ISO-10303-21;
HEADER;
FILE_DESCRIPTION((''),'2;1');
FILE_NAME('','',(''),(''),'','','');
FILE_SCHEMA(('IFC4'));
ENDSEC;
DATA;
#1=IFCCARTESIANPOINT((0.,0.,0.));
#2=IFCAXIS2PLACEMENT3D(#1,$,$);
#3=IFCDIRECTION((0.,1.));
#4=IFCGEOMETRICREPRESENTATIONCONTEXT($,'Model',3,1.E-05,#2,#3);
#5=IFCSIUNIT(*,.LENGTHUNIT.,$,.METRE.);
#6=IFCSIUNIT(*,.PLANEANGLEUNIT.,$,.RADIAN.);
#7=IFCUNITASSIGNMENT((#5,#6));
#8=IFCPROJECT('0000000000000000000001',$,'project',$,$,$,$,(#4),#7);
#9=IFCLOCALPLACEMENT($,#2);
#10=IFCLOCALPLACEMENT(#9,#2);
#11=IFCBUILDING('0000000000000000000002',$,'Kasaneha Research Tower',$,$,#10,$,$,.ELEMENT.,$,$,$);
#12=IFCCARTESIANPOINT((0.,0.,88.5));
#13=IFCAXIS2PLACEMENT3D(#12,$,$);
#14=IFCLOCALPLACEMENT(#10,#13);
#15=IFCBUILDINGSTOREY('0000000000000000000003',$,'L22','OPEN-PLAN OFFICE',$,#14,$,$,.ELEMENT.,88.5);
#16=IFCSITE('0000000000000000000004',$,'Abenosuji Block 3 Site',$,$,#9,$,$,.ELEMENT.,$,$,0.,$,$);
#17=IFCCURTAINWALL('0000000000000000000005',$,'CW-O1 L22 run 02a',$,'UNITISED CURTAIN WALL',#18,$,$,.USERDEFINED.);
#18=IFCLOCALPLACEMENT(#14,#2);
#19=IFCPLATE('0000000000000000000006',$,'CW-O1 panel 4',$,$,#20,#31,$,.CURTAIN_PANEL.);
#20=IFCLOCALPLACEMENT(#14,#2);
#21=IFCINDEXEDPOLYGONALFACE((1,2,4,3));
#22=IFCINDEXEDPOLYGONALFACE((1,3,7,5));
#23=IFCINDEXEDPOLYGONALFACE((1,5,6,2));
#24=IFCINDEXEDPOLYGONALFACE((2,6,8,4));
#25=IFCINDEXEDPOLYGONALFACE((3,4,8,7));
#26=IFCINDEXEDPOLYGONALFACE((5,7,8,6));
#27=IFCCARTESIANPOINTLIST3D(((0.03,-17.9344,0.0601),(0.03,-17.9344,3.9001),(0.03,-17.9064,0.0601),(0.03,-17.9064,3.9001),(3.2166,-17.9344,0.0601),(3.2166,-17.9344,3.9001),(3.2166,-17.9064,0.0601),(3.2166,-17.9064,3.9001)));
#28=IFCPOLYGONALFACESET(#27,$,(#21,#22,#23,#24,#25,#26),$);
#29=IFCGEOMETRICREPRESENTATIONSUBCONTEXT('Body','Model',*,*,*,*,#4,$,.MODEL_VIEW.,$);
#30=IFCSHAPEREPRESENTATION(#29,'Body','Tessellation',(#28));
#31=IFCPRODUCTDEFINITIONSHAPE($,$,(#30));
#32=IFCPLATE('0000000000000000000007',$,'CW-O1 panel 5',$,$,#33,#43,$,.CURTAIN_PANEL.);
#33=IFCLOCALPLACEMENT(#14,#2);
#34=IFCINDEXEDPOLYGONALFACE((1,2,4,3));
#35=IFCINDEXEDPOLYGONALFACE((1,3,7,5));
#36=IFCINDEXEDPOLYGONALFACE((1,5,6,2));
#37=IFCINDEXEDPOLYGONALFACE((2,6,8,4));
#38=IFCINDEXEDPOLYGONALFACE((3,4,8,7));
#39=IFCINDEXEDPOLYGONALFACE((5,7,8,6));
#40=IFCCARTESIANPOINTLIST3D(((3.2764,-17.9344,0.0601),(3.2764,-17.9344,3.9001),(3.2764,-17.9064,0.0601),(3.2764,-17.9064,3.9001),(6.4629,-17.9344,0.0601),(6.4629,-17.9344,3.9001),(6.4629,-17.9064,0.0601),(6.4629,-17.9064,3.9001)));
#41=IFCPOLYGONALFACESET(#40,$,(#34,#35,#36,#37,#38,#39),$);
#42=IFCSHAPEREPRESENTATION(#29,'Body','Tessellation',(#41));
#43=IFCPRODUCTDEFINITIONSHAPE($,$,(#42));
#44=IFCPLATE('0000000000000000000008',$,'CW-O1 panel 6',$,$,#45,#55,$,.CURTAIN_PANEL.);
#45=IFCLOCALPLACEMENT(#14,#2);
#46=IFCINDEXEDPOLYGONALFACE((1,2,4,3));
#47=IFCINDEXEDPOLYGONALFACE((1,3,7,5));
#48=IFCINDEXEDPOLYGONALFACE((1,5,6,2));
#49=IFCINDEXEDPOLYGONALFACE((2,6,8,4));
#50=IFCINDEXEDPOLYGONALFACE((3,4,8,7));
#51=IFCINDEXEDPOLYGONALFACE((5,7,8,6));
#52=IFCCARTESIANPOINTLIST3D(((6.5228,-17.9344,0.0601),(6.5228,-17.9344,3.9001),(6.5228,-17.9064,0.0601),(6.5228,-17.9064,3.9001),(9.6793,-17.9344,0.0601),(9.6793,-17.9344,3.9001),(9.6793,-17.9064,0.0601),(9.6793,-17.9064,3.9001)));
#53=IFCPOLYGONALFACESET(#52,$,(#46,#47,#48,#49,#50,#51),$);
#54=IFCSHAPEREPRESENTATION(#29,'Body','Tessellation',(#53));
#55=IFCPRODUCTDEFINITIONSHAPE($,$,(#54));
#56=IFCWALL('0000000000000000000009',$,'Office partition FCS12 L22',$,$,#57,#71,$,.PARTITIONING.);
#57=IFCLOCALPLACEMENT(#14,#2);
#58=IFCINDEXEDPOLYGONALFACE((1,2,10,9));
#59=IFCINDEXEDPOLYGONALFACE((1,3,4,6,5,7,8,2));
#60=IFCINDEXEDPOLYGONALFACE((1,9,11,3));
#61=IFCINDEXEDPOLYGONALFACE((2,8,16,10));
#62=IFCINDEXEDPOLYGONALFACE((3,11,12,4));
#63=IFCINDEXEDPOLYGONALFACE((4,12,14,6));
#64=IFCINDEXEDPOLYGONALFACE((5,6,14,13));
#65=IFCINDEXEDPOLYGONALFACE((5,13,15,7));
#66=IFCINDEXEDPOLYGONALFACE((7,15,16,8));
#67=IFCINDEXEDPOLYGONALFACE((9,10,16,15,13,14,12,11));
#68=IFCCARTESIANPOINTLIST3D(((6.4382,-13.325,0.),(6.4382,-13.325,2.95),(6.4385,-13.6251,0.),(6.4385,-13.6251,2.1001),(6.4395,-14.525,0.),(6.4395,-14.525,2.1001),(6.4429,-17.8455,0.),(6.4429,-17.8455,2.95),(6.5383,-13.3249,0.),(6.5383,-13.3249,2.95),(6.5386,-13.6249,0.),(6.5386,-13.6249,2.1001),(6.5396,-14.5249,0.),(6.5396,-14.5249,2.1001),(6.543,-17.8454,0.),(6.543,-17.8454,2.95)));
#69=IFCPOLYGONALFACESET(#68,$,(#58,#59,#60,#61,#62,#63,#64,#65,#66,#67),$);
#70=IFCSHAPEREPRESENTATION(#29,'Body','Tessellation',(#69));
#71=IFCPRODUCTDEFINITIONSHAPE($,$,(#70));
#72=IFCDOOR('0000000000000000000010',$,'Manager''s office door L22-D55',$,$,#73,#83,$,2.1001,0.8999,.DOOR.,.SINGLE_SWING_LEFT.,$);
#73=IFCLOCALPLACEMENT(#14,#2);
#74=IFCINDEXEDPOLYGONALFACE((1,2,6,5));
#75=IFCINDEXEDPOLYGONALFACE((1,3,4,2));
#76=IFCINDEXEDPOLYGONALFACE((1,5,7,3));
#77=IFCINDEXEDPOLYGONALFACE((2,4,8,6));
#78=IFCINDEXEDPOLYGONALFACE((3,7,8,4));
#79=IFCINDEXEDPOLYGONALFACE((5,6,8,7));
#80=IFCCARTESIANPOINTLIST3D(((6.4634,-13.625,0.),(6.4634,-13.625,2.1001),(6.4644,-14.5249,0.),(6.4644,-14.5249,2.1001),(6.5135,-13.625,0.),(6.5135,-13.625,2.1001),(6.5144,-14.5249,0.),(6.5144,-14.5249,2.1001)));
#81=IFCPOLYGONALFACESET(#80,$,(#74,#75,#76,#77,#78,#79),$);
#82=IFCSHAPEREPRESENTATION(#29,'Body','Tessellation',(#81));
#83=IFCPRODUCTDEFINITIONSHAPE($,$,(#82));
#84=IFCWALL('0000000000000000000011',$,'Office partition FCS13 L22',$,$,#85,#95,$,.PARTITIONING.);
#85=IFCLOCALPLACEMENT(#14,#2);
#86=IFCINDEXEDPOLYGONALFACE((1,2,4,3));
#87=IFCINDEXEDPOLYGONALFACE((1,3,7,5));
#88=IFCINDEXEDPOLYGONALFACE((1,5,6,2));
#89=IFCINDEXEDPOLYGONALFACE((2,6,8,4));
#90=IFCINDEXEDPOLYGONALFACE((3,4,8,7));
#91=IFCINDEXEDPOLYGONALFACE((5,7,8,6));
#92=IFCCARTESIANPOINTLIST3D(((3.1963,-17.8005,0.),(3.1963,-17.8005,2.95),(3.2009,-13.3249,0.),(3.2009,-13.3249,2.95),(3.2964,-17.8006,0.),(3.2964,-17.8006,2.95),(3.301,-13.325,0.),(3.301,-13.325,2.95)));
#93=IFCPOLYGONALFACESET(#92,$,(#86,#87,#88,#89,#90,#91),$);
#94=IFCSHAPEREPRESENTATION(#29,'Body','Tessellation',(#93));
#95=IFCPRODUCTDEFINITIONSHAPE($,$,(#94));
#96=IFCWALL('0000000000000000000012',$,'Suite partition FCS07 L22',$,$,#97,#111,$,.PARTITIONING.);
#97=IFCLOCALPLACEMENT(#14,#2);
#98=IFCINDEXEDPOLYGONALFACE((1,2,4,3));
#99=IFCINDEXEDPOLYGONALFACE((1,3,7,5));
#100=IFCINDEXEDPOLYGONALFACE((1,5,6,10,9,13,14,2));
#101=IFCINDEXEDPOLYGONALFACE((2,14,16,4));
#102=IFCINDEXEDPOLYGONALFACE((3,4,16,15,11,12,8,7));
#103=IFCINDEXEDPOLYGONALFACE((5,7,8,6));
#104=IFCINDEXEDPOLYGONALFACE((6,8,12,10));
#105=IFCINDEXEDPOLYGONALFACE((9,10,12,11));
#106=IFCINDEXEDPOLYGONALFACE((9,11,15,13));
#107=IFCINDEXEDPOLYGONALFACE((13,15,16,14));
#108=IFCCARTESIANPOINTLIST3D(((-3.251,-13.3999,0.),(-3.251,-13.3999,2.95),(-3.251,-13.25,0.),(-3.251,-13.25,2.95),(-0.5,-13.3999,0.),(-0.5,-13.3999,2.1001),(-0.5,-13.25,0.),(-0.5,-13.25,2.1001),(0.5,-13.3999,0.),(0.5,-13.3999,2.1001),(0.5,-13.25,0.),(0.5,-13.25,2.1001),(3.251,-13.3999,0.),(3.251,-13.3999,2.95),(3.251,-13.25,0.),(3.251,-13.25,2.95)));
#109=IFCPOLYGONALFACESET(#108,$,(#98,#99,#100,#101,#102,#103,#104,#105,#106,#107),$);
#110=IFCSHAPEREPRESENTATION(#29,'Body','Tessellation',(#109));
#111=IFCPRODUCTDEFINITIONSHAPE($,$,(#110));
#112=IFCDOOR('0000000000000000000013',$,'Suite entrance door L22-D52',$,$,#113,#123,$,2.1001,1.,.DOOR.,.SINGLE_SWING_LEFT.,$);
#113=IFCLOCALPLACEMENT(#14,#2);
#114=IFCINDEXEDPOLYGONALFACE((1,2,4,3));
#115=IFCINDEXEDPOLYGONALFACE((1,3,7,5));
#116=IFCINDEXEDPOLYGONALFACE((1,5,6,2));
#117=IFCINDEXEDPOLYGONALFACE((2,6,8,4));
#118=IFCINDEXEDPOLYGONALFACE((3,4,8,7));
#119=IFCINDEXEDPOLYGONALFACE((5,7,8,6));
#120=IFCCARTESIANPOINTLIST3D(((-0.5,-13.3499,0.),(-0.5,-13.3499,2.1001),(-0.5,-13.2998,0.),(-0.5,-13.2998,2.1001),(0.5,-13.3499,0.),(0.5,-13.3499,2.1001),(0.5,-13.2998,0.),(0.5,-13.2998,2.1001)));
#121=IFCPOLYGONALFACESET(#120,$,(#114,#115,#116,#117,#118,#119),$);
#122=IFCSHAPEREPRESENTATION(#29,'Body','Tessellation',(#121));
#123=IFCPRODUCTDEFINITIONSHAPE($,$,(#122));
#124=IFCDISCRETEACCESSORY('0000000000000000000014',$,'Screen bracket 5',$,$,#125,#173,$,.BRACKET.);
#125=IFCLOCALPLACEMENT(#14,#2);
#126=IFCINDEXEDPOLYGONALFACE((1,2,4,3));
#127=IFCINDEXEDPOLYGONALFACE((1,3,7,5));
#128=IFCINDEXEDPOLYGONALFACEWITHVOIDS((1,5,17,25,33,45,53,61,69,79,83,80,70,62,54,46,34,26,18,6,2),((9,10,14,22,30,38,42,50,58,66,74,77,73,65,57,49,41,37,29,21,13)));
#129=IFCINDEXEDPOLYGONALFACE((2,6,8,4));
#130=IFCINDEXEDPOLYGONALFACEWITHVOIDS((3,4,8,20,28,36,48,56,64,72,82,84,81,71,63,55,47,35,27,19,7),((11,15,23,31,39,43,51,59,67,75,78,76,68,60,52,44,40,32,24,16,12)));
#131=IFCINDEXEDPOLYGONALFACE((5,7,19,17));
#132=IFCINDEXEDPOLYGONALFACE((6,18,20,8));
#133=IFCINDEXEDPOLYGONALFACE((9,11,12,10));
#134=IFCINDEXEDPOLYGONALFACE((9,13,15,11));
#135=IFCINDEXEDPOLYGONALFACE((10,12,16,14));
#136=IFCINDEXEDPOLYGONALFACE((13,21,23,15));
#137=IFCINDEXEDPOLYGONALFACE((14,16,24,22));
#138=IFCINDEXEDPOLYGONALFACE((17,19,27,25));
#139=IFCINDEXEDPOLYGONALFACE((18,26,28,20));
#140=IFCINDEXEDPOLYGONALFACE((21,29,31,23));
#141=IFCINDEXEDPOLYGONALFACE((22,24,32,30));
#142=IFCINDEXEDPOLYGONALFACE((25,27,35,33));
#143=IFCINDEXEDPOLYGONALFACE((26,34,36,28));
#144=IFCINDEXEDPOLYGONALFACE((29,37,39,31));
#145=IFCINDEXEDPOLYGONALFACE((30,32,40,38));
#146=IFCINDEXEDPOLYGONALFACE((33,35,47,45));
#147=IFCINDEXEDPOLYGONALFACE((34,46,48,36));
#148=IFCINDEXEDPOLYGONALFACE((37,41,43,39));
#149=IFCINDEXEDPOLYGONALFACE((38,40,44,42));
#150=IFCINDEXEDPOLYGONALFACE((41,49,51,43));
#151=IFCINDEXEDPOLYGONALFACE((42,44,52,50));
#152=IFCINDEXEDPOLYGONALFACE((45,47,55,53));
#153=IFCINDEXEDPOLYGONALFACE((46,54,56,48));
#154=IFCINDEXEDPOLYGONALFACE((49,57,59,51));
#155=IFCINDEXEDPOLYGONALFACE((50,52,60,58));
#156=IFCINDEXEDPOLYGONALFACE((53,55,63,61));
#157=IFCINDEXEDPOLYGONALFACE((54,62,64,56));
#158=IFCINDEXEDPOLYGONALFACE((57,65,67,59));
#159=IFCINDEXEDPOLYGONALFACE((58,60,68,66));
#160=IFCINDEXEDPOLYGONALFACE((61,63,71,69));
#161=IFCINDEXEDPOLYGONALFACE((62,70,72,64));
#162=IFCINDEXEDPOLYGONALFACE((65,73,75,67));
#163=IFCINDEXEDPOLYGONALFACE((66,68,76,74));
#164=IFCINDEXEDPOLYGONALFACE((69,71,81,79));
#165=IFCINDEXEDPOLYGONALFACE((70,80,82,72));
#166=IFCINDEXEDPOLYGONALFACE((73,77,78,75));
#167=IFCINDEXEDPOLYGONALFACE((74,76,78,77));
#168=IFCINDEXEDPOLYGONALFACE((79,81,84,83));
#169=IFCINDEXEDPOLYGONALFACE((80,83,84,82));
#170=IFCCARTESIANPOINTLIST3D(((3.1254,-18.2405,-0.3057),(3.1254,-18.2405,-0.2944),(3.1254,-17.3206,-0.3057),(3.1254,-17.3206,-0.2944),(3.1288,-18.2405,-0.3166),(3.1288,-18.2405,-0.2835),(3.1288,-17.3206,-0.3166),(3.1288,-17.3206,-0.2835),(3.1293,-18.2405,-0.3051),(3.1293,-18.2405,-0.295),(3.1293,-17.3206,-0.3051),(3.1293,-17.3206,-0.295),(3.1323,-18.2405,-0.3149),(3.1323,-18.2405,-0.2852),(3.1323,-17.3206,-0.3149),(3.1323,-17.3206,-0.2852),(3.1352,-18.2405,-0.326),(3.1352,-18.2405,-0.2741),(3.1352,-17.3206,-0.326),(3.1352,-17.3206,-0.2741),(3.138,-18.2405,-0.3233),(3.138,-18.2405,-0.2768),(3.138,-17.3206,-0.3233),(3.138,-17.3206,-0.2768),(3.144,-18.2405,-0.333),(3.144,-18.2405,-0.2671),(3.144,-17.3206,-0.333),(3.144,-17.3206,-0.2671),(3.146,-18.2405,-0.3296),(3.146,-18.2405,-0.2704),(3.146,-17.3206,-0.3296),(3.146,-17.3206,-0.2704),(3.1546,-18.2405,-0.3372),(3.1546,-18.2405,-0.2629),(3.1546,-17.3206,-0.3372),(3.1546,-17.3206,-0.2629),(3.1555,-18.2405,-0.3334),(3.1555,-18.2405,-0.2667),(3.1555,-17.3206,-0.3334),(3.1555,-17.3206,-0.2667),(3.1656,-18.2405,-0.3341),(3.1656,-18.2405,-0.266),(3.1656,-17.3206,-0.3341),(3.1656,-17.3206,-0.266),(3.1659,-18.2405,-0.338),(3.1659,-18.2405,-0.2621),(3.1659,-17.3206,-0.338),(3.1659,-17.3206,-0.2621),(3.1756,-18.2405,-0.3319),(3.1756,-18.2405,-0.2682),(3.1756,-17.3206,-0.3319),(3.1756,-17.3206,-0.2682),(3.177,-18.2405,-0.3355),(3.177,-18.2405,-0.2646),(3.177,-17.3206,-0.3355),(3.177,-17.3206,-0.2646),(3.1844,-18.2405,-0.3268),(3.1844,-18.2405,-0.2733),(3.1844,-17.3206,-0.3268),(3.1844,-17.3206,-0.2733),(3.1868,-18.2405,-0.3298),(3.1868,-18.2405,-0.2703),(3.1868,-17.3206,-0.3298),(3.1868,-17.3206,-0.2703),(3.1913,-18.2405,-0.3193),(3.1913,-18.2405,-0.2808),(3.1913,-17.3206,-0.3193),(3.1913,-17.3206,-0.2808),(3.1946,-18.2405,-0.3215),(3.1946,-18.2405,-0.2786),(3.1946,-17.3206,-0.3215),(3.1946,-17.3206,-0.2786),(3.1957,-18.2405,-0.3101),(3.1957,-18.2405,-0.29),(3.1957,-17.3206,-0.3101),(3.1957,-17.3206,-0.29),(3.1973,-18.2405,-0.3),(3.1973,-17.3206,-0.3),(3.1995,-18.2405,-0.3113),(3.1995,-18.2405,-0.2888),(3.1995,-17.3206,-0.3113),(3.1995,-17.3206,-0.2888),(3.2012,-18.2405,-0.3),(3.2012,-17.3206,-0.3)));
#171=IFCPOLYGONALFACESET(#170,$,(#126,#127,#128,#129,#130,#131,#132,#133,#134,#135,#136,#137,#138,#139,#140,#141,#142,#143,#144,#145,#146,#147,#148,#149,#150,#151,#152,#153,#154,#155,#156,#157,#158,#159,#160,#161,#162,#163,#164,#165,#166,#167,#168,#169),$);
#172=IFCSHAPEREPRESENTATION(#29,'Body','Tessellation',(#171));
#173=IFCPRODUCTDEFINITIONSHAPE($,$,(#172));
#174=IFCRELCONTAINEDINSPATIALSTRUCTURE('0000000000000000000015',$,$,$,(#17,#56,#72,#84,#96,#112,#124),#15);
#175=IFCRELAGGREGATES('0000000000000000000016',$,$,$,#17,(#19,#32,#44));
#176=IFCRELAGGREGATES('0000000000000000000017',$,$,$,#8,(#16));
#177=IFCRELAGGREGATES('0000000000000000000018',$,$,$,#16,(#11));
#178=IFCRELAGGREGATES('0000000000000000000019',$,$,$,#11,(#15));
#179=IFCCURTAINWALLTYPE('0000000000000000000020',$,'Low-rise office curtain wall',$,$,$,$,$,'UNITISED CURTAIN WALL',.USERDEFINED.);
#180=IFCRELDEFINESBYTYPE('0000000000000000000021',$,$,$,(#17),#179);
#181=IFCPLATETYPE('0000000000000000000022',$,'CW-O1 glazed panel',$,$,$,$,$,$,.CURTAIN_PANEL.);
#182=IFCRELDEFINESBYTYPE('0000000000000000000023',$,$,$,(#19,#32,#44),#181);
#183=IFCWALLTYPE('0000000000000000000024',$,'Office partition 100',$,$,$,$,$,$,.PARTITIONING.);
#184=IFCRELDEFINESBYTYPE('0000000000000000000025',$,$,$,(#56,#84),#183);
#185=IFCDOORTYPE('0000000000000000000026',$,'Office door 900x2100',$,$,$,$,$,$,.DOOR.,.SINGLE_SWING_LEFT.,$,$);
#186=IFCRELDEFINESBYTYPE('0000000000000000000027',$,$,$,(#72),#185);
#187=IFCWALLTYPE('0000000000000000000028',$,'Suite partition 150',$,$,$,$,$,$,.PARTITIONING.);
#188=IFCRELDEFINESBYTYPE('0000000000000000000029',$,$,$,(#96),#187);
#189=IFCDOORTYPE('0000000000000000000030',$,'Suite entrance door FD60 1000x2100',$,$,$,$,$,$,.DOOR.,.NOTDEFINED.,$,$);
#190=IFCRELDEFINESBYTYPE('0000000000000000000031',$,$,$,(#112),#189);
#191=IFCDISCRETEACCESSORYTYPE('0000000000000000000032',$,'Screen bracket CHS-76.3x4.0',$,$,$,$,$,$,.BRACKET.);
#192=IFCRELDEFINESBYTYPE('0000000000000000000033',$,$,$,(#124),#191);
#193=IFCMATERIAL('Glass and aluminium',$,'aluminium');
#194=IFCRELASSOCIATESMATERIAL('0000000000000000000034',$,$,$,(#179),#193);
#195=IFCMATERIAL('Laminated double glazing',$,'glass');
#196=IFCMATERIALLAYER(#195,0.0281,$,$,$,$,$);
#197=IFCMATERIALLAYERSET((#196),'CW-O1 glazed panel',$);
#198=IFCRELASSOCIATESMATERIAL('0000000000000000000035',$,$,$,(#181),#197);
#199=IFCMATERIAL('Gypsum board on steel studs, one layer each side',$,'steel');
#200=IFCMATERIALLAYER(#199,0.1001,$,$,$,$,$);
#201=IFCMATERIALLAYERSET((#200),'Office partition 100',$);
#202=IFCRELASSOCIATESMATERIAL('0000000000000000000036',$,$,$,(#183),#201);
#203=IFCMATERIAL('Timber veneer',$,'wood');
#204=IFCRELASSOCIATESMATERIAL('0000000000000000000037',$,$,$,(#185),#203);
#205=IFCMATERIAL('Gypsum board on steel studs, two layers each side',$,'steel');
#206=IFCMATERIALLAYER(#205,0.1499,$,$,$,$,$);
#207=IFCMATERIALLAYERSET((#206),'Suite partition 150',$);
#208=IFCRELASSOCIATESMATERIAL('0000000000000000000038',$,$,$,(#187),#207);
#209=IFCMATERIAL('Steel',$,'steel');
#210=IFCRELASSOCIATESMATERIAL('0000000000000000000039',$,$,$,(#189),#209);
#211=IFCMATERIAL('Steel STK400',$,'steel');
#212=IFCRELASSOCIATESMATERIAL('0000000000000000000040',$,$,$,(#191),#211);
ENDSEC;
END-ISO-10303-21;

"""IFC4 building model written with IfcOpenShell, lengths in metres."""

from ifc_helpers import new_model, si_unit, direction, frame, frame_2d, origin, origin_2d, place, context, subcontext, project, spatial, rectangle, hollow_circle, extrude, material, layer, layer_set, material_profile, profile_set, type_object, element, fill, aggregate, save


model = new_model("IFC4")

# Units and contexts
model_context = context("Model", 3, precision=1e-05, world=origin(), true_north=direction((0.0, 1.0)))
body_context = subcontext(model_context, "Body", "Model", "MODEL_VIEW")
ifc_project = project(units=[si_unit("LENGTHUNIT", "METRE"), si_unit("PLANEANGLEUNIT", "RADIAN")], contexts=[model_context])

# Site, building, storey
site_placement = place(None, origin())
site = spatial("IfcSite", under=ifc_project, at=site_placement, Name="Abenosuji Block 3 Site", CompositionType="ELEMENT", RefElevation=0.0)
building_placement = place(site_placement, origin())
building = spatial("IfcBuilding", under=site, at=building_placement, Name="Kasaneha Research Tower", CompositionType="ELEMENT")
storey_placement = place(building_placement, frame((0.0, 0.0, 88.5)))
storey = spatial("IfcBuildingStorey", under=building, at=storey_placement, Name="L22", Description="OPEN-PLAN OFFICE", CompositionType="ELEMENT", Elevation=88.5)

# Curtain wall
ifc_material_1 = material(Name="Glass and aluminium", Category="aluminium")
curtain_wall_type = type_object("IfcCurtainWallType", Name="Low-rise office curtain wall", ElementType="UNITISED CURTAIN WALL", PredefinedType="USERDEFINED", material=ifc_material_1)
curtain_wall_1_placement = place(storey_placement, origin())
curtain_wall_1 = element("IfcCurtainWall", 1, at=curtain_wall_1_placement, inside=storey, type_object=curtain_wall_type, Name="CW-O1 L22 run 02a", ObjectType="UNITISED CURTAIN WALL", PredefinedType="USERDEFINED")

# Plates
ifc_material_2 = material(Name="Laminated double glazing", Category="glass")
ifc_layer_1 = layer(ifc_material_2, 0.0281)
ifc_layer_set_1 = layer_set([ifc_layer_1], Name="CW-O1 glazed panel")
plate_type = type_object("IfcPlateType", Name="CW-O1 glazed panel", PredefinedType="CURTAIN_PANEL", material=ifc_layer_set_1)
plate_1_placement = place(storey_placement, frame((1.6233, -17.9204, 0.0601), z_axis=(0.0, 0.0, 1.0), x_axis=(1.0, 0.0, 0.0)))
plate_1 = element("IfcPlate", 2, at=plate_1_placement, type_object=plate_type, Name="CW-O1 panel 4", PredefinedType="CURTAIN_PANEL", context=body_context, shape_type="SweptSolid", body=[
    extrude(rectangle(XDim=3.1865, YDim=0.0281, at=origin_2d()), origin(), (0.0, 0.0, 1.0), 3.8401),
])
plate_2_placement = place(storey_placement, frame((4.8696, -17.9204, 0.0601), z_axis=(0.0, 0.0, 1.0), x_axis=(1.0, 0.0, 0.0)))
plate_2 = element("IfcPlate", 3, at=plate_2_placement, type_object=plate_type, Name="CW-O1 panel 5", PredefinedType="CURTAIN_PANEL", context=body_context, shape_type="SweptSolid", body=[
    extrude(rectangle(XDim=3.1865, YDim=0.0281, at=origin_2d()), origin(), (0.0, 0.0, 1.0), 3.8401),
])
plate_3_placement = place(storey_placement, frame((8.1011, -17.9204, 0.0601), z_axis=(0.0, 0.0, 1.0), x_axis=(1.0, 0.0, 0.0)))
plate_3 = element("IfcPlate", 4, at=plate_3_placement, type_object=plate_type, Name="CW-O1 panel 6", PredefinedType="CURTAIN_PANEL", context=body_context, shape_type="SweptSolid", body=[
    extrude(rectangle(XDim=3.1565, YDim=0.0281, at=origin_2d()), origin(), (0.0, 0.0, 1.0), 3.8401),
])
aggregate(curtain_wall_1, [plate_1, plate_2, plate_3])

# Wall, opening, door
ifc_material_3 = material(Name="Gypsum board on steel studs, one layer each side", Category="steel")
ifc_layer_2 = layer(ifc_material_3, 0.1001)
ifc_layer_set_2 = layer_set([ifc_layer_2], Name="Office partition 100")
wall_type_1 = type_object("IfcWallType", Name="Office partition 100", PredefinedType="PARTITIONING", material=ifc_layer_set_2)
wall_1_placement = place(storey_placement, frame((6.4883, -13.325, 0.0), z_axis=(0.0, 0.0, 1.0), x_axis=(0.001026, -0.999999, 0.0)))
wall_1 = element("IfcWall", 5, at=wall_1_placement, inside=storey, type_object=wall_type_1, Name="Office partition FCS12 L22", PredefinedType="PARTITIONING", context=body_context, shape_type="SweptSolid", body=[
    extrude(rectangle(XDim=4.5205, YDim=0.1001, at=frame_2d((2.2603, 0.0))), origin(), (0.0, 0.0, 1.0), 2.95),
])
opening_1_placement = place(wall_1_placement, frame((0.3, 0.0, 0.0)))
opening_1 = element("IfcOpeningElement", 6, at=opening_1_placement, cuts=wall_1, PredefinedType="OPENING", context=body_context, shape_type="SweptSolid", body=[
    extrude(rectangle(XDim=0.8999, YDim=2.1001, at=frame_2d((0.45, 1.05))), frame((0.0, 0.0601, 0.0), z_axis=(0.0, -1.0, 0.0), x_axis=(1.0, 0.0, 0.0)), (0.0, 0.0, 1.0), 0.1201),
])
ifc_material_4 = material(Name="Timber veneer", Category="wood")
door_type_1 = type_object("IfcDoorType", Name="Office door 900x2100", OperationType="SINGLE_SWING_LEFT", PredefinedType="DOOR", material=ifc_material_4)
door_1_placement = place(opening_1_placement, origin())
door_1 = element("IfcDoor", 7, at=door_1_placement, inside=storey, type_object=door_type_1, Name="Manager's office door L22-D55", OperationType="SINGLE_SWING_LEFT", OverallHeight=2.1001, OverallWidth=0.8999, PredefinedType="DOOR", context=body_context, shape_type="SweptSolid", body=[
    extrude(rectangle(XDim=0.8999, YDim=2.1001, at=frame_2d((0.45, 1.05))), frame((0.0, 0.0249, 0.0), z_axis=(0.0, -1.0, 0.0), x_axis=(1.0, 0.0, 0.0)), (0.0, 0.0, 1.0), 0.05),
])
fill(opening_1, door_1)

# Wall
wall_2_placement = place(storey_placement, frame((3.2463, -17.8005, 0.0), z_axis=(0.0, 0.0, 1.0), x_axis=(0.001036, 0.999999, 0.0)))
element("IfcWall", 8, at=wall_2_placement, inside=storey, type_object=wall_type_1, Name="Office partition FCS13 L22", PredefinedType="PARTITIONING", context=body_context, shape_type="SweptSolid", body=[
    extrude(rectangle(XDim=4.4756, YDim=0.1001, at=frame_2d((2.2378, 0.0))), origin(), (0.0, 0.0, 1.0), 2.95),
])

# Wall, opening, door
ifc_material_5 = material(Name="Gypsum board on steel studs, two layers each side", Category="steel")
ifc_layer_3 = layer(ifc_material_5, 0.1499)
ifc_layer_set_3 = layer_set([ifc_layer_3], Name="Suite partition 150")
wall_type_2 = type_object("IfcWallType", Name="Suite partition 150", PredefinedType="PARTITIONING", material=ifc_layer_set_3)
wall_3_placement = place(storey_placement, frame((3.251, -13.325, 0.0), z_axis=(0.0, 0.0, 1.0), x_axis=(-1.0, 0.0, 0.0)))
wall_3 = element("IfcWall", 9, at=wall_3_placement, inside=storey, type_object=wall_type_2, Name="Suite partition FCS07 L22", PredefinedType="PARTITIONING", context=body_context, shape_type="SweptSolid", body=[
    extrude(rectangle(XDim=6.502, YDim=0.1499, at=frame_2d((3.251, 0.0))), origin(), (0.0, 0.0, 1.0), 2.95),
])
opening_2_placement = place(wall_3_placement, frame((2.751, 0.0, 0.0)))
opening_2 = element("IfcOpeningElement", 10, at=opening_2_placement, cuts=wall_3, PredefinedType="OPENING", context=body_context, shape_type="SweptSolid", body=[
    extrude(rectangle(XDim=1.0, YDim=2.1001, at=frame_2d((0.5, 1.05))), frame((0.0, 0.085, 0.0), z_axis=(0.0, -1.0, 0.0), x_axis=(1.0, 0.0, 0.0)), (0.0, 0.0, 1.0), 0.1699),
])
ifc_material_6 = material(Name="Steel", Category="steel")
door_type_2 = type_object("IfcDoorType", Name="Suite entrance door FD60 1000x2100", OperationType="NOTDEFINED", PredefinedType="DOOR", material=ifc_material_6)
door_2_placement = place(opening_2_placement, origin())
door_2 = element("IfcDoor", 11, at=door_2_placement, inside=storey, type_object=door_type_2, Name="Suite entrance door L22-D52", OperationType="SINGLE_SWING_LEFT", OverallHeight=2.1001, OverallWidth=1.0, PredefinedType="DOOR", context=body_context, shape_type="SweptSolid", body=[
    extrude(rectangle(XDim=1.0, YDim=2.1001, at=frame_2d((0.5, 1.05))), frame((0.0, 0.0249, 0.0), z_axis=(0.0, -1.0, 0.0), x_axis=(1.0, 0.0, 0.0)), (0.0, 0.0, 1.0), 0.05),
])
fill(opening_2, door_2)

# Discrete accessory
ifc_material_7 = material(Name="Steel STK400", Category="steel")
ifc_material_profile_1 = material_profile(ifc_material_7, hollow_circle(Radius=0.0381, WallThickness=0.0039, at=origin_2d()), Name="CHS-76.3x4.0")
ifc_profile_set_1 = profile_set([ifc_material_profile_1], Name="Steel STK400")
discrete_accessory_type = type_object("IfcDiscreteAccessoryType", Name="Screen bracket CHS-76.3x4.0", PredefinedType="BRACKET", material=ifc_profile_set_1)
for number, where, z_axis, x_axis, name in (
    (12, (3.1631, -17.3206, -0.3), (0.0, -1.0, 0.0), (1.0, 0.0, 0.0), "Screen bracket 5"),
):
    element("IfcDiscreteAccessory", number, at=place(storey_placement, frame(where, z_axis=z_axis, x_axis=x_axis)), inside=storey, type_object=discrete_accessory_type, Name=name, PredefinedType="BRACKET", context=body_context, shape_type="SweptSolid", body=[
        extrude(hollow_circle(Radius=0.0381, WallThickness=0.0039, at=origin_2d()), origin(), (0.0, 0.0, 1.0), 0.9199),
    ])

save(model, "model.ifc")
